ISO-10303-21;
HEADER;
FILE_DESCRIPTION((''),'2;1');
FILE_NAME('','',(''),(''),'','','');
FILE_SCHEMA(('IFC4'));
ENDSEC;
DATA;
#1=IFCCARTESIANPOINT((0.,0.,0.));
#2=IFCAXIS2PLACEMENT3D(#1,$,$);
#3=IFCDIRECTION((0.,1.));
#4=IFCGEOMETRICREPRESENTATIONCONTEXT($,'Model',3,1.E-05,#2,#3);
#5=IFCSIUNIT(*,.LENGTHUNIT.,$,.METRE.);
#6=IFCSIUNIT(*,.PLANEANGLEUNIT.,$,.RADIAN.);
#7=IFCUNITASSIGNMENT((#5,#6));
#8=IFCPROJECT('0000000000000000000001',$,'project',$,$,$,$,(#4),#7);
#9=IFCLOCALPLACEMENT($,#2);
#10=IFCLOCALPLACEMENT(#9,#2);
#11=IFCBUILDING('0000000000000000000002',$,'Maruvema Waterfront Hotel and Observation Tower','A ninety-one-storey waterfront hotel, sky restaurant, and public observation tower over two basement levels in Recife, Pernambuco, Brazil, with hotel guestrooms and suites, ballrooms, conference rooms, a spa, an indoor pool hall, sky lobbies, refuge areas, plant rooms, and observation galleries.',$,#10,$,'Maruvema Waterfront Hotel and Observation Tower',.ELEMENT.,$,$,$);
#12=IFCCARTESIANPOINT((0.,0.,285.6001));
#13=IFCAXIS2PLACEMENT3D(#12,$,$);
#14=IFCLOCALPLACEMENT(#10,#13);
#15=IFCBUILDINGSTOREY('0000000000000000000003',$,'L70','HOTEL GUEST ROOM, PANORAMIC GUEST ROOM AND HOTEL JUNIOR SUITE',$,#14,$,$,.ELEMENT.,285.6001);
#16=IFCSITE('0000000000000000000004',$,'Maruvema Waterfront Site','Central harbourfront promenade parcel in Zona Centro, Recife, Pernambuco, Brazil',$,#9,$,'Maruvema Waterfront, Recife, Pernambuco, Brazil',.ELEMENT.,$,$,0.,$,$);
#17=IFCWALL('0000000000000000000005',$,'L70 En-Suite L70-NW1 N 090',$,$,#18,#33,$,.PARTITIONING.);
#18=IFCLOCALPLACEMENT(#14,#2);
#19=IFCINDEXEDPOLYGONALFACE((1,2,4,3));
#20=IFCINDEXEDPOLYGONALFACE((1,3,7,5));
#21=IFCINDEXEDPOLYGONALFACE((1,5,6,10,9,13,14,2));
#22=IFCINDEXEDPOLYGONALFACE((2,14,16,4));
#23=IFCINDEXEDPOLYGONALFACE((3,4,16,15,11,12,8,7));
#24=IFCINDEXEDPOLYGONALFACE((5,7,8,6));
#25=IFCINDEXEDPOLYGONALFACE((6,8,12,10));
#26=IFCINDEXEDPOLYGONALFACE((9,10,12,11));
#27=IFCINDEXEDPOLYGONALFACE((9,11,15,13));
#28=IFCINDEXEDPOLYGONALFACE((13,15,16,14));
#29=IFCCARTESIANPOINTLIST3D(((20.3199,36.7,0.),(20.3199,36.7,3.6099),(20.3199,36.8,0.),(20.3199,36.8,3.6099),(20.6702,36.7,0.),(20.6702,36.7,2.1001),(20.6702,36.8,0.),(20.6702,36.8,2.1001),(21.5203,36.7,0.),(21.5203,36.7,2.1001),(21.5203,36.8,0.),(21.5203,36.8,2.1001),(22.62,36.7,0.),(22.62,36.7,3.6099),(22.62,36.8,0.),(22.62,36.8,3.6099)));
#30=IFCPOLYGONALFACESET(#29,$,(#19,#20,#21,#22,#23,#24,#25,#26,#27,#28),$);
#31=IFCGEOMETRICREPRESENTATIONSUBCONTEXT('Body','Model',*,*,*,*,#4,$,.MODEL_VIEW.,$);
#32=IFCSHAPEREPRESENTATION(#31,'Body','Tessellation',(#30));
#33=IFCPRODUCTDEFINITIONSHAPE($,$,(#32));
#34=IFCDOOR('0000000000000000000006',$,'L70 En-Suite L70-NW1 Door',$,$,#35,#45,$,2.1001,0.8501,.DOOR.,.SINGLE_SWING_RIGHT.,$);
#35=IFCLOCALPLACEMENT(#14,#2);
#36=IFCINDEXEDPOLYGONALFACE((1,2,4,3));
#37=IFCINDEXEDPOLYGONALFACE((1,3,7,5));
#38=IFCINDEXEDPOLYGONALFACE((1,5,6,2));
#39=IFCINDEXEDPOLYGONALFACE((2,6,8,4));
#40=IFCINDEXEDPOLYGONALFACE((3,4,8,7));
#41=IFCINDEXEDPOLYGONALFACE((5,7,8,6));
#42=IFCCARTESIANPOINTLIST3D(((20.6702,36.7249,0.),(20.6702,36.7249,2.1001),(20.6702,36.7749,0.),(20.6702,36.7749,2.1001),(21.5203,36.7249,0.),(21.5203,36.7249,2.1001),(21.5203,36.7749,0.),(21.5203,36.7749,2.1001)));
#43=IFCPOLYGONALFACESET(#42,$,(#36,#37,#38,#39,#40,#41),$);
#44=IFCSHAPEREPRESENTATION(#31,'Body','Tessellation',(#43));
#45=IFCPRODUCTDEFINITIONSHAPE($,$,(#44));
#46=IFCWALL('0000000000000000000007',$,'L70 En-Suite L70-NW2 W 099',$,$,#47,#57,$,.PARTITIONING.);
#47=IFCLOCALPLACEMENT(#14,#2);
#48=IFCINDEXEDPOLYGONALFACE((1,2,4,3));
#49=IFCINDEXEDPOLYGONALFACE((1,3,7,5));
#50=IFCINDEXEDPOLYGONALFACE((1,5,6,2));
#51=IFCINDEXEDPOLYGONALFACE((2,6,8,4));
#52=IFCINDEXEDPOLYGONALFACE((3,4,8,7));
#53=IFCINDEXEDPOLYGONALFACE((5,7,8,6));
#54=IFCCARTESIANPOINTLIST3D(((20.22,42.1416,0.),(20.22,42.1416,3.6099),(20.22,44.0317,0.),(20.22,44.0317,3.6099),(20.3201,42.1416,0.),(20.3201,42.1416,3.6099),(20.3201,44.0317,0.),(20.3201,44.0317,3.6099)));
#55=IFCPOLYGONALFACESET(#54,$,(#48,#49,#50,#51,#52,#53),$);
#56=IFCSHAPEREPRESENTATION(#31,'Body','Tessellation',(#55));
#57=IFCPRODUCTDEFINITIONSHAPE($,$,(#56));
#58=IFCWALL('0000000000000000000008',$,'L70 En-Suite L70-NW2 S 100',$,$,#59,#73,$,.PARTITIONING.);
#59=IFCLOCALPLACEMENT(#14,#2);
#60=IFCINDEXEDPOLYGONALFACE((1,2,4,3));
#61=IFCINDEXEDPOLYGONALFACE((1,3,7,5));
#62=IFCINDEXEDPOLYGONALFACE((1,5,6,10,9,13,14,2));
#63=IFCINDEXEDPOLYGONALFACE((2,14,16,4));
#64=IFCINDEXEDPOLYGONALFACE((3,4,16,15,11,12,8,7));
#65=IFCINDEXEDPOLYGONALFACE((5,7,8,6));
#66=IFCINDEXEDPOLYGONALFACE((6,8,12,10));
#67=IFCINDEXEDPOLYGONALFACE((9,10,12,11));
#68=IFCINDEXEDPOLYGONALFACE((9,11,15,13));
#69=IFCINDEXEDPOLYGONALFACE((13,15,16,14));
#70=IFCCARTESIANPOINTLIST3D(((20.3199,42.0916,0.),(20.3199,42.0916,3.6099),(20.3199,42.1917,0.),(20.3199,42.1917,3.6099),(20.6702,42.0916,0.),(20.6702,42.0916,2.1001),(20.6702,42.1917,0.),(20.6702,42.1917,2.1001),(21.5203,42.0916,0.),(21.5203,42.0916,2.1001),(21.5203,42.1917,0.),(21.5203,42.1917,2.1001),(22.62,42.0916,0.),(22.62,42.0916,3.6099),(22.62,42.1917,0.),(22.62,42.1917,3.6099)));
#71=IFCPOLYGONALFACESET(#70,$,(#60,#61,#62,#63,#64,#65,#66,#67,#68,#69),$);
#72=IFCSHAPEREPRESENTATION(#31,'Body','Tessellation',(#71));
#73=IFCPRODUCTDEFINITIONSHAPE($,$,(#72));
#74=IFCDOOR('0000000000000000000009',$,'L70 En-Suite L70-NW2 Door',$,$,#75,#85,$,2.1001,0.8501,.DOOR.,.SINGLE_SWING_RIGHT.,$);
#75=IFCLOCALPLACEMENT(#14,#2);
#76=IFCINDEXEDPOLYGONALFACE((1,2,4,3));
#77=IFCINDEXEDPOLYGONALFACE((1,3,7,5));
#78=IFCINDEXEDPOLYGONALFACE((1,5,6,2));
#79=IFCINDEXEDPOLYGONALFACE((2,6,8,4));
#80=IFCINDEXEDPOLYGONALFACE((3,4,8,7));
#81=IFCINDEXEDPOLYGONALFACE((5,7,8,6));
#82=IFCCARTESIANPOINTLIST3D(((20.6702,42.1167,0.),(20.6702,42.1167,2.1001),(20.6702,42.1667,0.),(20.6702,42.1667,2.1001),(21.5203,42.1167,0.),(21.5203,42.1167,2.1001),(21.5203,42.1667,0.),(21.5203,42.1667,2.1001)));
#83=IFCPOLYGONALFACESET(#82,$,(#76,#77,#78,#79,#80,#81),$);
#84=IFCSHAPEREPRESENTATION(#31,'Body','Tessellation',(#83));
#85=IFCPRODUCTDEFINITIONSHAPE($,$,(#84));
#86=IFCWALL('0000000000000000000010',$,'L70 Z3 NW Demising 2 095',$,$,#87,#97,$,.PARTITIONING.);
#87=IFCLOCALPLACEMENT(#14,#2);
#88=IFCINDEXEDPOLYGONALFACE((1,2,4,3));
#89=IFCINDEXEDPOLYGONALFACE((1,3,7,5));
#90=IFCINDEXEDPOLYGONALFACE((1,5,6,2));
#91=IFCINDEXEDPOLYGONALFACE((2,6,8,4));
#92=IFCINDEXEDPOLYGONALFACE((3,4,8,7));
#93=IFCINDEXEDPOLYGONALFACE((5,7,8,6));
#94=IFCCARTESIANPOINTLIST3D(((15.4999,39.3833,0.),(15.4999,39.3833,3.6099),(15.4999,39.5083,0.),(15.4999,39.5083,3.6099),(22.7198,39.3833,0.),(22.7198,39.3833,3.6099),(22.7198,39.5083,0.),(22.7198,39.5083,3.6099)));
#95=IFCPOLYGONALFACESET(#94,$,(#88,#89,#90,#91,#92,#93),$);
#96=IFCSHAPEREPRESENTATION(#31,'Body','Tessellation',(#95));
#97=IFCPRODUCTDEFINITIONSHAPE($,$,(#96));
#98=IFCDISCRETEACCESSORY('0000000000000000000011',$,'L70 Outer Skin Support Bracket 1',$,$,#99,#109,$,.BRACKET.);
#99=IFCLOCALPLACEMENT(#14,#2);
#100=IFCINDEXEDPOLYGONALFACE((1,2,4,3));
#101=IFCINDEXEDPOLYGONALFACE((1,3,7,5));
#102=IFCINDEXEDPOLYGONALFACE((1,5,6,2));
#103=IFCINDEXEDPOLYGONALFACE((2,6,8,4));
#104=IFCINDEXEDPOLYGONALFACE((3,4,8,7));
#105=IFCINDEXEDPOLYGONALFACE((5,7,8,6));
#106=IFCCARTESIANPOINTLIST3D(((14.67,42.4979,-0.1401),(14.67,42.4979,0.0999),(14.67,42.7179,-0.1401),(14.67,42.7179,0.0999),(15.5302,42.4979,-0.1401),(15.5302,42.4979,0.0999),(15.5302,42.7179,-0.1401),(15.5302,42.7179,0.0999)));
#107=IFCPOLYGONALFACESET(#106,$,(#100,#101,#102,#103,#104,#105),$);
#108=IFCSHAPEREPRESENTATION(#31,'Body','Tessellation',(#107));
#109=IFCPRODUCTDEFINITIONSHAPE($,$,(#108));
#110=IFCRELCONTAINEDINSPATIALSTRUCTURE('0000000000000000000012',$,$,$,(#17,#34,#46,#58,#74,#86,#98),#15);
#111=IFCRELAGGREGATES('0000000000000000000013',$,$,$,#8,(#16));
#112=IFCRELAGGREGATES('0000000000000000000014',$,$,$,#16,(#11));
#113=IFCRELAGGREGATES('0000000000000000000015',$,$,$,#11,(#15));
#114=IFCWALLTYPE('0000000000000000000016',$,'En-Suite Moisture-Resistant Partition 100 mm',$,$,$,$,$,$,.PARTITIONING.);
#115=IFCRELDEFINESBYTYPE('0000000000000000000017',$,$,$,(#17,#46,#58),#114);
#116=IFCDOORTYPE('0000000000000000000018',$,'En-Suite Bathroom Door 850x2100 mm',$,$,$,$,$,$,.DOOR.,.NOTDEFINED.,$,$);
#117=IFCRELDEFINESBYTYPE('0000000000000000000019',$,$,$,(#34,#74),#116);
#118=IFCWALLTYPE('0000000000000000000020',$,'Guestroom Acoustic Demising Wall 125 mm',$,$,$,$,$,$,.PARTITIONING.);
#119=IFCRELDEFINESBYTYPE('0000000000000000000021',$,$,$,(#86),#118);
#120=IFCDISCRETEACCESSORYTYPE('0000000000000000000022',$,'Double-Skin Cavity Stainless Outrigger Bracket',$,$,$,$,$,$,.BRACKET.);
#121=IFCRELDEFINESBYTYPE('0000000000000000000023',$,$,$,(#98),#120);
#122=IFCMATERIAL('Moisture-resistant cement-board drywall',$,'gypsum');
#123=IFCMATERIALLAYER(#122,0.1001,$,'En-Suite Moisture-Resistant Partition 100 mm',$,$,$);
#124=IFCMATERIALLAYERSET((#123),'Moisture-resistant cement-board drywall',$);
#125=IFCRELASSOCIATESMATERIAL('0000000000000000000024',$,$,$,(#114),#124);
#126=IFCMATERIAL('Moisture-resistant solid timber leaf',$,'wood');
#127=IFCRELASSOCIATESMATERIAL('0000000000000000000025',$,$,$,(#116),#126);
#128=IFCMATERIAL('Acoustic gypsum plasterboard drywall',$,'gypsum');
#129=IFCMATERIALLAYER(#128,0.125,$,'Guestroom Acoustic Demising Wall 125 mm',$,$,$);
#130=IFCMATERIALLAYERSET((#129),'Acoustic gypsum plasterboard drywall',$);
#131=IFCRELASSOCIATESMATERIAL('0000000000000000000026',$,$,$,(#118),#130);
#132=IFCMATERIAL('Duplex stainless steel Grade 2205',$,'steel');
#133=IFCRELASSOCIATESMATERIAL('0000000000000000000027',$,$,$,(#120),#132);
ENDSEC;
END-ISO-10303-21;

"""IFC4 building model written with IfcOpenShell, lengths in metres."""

from ifc_helpers import new_model, si_unit, direction, frame, frame_2d, origin, origin_2d, place, context, subcontext, project, spatial, rectangle, extrude, material, layer, layer_set, type_object, element, fill, save


model = new_model("IFC4")

# Units and contexts
model_context = context("Model", 3, precision=1e-05, world=origin(), true_north=direction((0.0, 1.0)))
body_context = subcontext(model_context, "Body", "Model", "MODEL_VIEW")
ifc_project = project(units=[si_unit("LENGTHUNIT", "METRE"), si_unit("PLANEANGLEUNIT", "RADIAN")], contexts=[model_context])

# Site, building, storey
site_placement = place(None, origin())
site = spatial("IfcSite", under=ifc_project, at=site_placement, Name="Maruvema Waterfront Site", Description="Central harbourfront promenade parcel in Zona Centro, Recife, Pernambuco, Brazil", LongName="Maruvema Waterfront, Recife, Pernambuco, Brazil", CompositionType="ELEMENT", RefElevation=0.0)
building_placement = place(site_placement, origin())
building = spatial("IfcBuilding", under=site, at=building_placement, Name="Maruvema Waterfront Hotel and Observation Tower", Description="A ninety-one-storey waterfront hotel, sky restaurant, and public observation tower over two basement levels in Recife, Pernambuco, Brazil, with hotel guestrooms and suites, ballrooms, conference rooms, a spa, an indoor pool hall, sky lobbies, refuge areas, plant rooms, and observation galleries.", LongName="Maruvema Waterfront Hotel and Observation Tower", CompositionType="ELEMENT")
storey_placement = place(building_placement, frame((0.0, 0.0, 285.6001)))
storey = spatial("IfcBuildingStorey", under=building, at=storey_placement, Name="L70", Description="HOTEL GUEST ROOM, PANORAMIC GUEST ROOM AND HOTEL JUNIOR SUITE", CompositionType="ELEMENT", Elevation=285.6001)

# Wall, opening, door
ifc_material_1 = material(Name="Moisture-resistant cement-board drywall", Category="gypsum")
ifc_layer_1 = layer(ifc_material_1, 0.1001, Name="En-Suite Moisture-Resistant Partition 100 mm")
ifc_layer_set_1 = layer_set([ifc_layer_1], Name="Moisture-resistant cement-board drywall")
wall_type_1 = type_object("IfcWallType", Name="En-Suite Moisture-Resistant Partition 100 mm", PredefinedType="PARTITIONING", material=ifc_layer_set_1)
wall_1_placement = place(storey_placement, frame((20.3201, 36.75, 0.0), z_axis=(0.0, 0.0, 1.0), x_axis=(1.0, 0.0, 0.0)))
wall_1 = element("IfcWall", 1, at=wall_1_placement, inside=storey, type_object=wall_type_1, Name="L70 En-Suite L70-NW1 N 090", PredefinedType="PARTITIONING", context=body_context, shape_type="SweptSolid", body=[
    extrude(rectangle(XDim=2.3, YDim=0.1001, at=frame_2d((1.1499, 0.0))), origin(), (0.0, 0.0, 1.0), 3.6099),
])
opening_1_placement = place(wall_1_placement, frame((0.3501, 0.0, 0.0)))
opening_1 = element("IfcOpeningElement", 2, at=opening_1_placement, cuts=wall_1, PredefinedType="OPENING", context=body_context, shape_type="SweptSolid", body=[
    extrude(rectangle(XDim=0.8501, YDim=2.1001, at=frame_2d((0.425, 1.05))), frame((0.0, 0.0601, 0.0), z_axis=(0.0, -1.0, 0.0), x_axis=(1.0, 0.0, 0.0)), (0.0, 0.0, 1.0), 0.1201),
])
ifc_material_2 = material(Name="Moisture-resistant solid timber leaf", Category="wood")
door_type_1 = type_object("IfcDoorType", Name="En-Suite Bathroom Door 850x2100 mm", OperationType="NOTDEFINED", PredefinedType="DOOR", material=ifc_material_2)
door_1_placement = place(opening_1_placement, origin())
door_1 = element("IfcDoor", 3, at=door_1_placement, inside=storey, type_object=door_type_1, Name="L70 En-Suite L70-NW1 Door", OperationType="SINGLE_SWING_RIGHT", OverallHeight=2.1001, OverallWidth=0.8501, PredefinedType="DOOR", context=body_context, shape_type="SweptSolid", body=[
    extrude(rectangle(XDim=0.8501, YDim=2.1001, at=frame_2d((0.425, 1.05))), frame((0.0, 0.0249, 0.0), z_axis=(0.0, -1.0, 0.0), x_axis=(1.0, 0.0, 0.0)), (0.0, 0.0, 1.0), 0.05),
])
fill(opening_1, door_1)

# Wall
wall_2_placement = place(storey_placement, frame((20.27, 42.1416, 0.0), z_axis=(0.0, 0.0, 1.0), x_axis=(0.0, 1.0, 0.0)))
element("IfcWall", 4, at=wall_2_placement, inside=storey, type_object=wall_type_1, Name="L70 En-Suite L70-NW2 W 099", PredefinedType="PARTITIONING", context=body_context, shape_type="SweptSolid", body=[
    extrude(rectangle(XDim=1.8901, YDim=0.1001, at=frame_2d((0.9451, 0.0))), origin(), (0.0, 0.0, 1.0), 3.6099),
])

# Wall, opening, door
wall_3_placement = place(storey_placement, frame((20.3201, 42.1416, 0.0), z_axis=(0.0, 0.0, 1.0), x_axis=(1.0, 0.0, 0.0)))
wall_3 = element("IfcWall", 5, at=wall_3_placement, inside=storey, type_object=wall_type_1, Name="L70 En-Suite L70-NW2 S 100", PredefinedType="PARTITIONING", context=body_context, shape_type="SweptSolid", body=[
    extrude(rectangle(XDim=2.3, YDim=0.1001, at=frame_2d((1.1499, 0.0))), origin(), (0.0, 0.0, 1.0), 3.6099),
])
opening_2_placement = place(wall_3_placement, frame((0.3501, 0.0, 0.0)))
opening_2 = element("IfcOpeningElement", 6, at=opening_2_placement, cuts=wall_3, PredefinedType="OPENING", context=body_context, shape_type="SweptSolid", body=[
    extrude(rectangle(XDim=0.8501, YDim=2.1001, at=frame_2d((0.425, 1.05))), frame((0.0, 0.0601, 0.0), z_axis=(0.0, -1.0, 0.0), x_axis=(1.0, 0.0, 0.0)), (0.0, 0.0, 1.0), 0.1201),
])
door_2_placement = place(opening_2_placement, frame((0.8501, 0.0, 0.0), z_axis=(0.0, 0.0, 1.0), x_axis=(-1.0, 0.0, 0.0)))
door_2 = element("IfcDoor", 7, at=door_2_placement, inside=storey, type_object=door_type_1, Name="L70 En-Suite L70-NW2 Door", OperationType="SINGLE_SWING_RIGHT", OverallHeight=2.1001, OverallWidth=0.8501, PredefinedType="DOOR", context=body_context, shape_type="SweptSolid", body=[
    extrude(rectangle(XDim=0.8501, YDim=2.1001, at=frame_2d((0.425, 1.05))), frame((0.0, 0.0249, 0.0), z_axis=(0.0, -1.0, 0.0), x_axis=(1.0, 0.0, 0.0)), (0.0, 0.0, 1.0), 0.05),
])
fill(opening_2, door_2)

# Wall
ifc_material_3 = material(Name="Acoustic gypsum plasterboard drywall", Category="gypsum")
ifc_layer_2 = layer(ifc_material_3, 0.125, Name="Guestroom Acoustic Demising Wall 125 mm")
ifc_layer_set_2 = layer_set([ifc_layer_2], Name="Acoustic gypsum plasterboard drywall")
wall_type_2 = type_object("IfcWallType", Name="Guestroom Acoustic Demising Wall 125 mm", PredefinedType="PARTITIONING", material=ifc_layer_set_2)
wall_4_placement = place(storey_placement, frame((15.5, 39.4458, 0.0), z_axis=(0.0, 0.0, 1.0), x_axis=(1.0, 0.0, 0.0)))
element("IfcWall", 8, at=wall_4_placement, inside=storey, type_object=wall_type_2, Name="L70 Z3 NW Demising 2 095", PredefinedType="PARTITIONING", context=body_context, shape_type="SweptSolid", body=[
    extrude(rectangle(XDim=7.22, YDim=0.125, at=frame_2d((3.6099, 0.0))), origin(), (0.0, 0.0, 1.0), 3.6099),
])

# Discrete accessory
ifc_material_4 = material(Name="Duplex stainless steel Grade 2205", Category="steel")
discrete_accessory_type = type_object("IfcDiscreteAccessoryType", Name="Double-Skin Cavity Stainless Outrigger Bracket", PredefinedType="BRACKET", material=ifc_material_4)
discrete_accessory_placement = place(storey_placement, frame((15.1001, 42.6079, -0.1401), z_axis=(0.0, 0.0, 1.0), x_axis=(0.0, -1.0, 0.0)))
element("IfcDiscreteAccessory", 9, at=discrete_accessory_placement, inside=storey, type_object=discrete_accessory_type, Name="L70 Outer Skin Support Bracket 1", PredefinedType="BRACKET", context=body_context, shape_type="SweptSolid", body=[
    extrude(rectangle(XDim=0.22, YDim=0.8601, at=origin_2d()), origin(), (0.0, 0.0, 1.0), 0.24),
])

save(model, "model.ifc")
